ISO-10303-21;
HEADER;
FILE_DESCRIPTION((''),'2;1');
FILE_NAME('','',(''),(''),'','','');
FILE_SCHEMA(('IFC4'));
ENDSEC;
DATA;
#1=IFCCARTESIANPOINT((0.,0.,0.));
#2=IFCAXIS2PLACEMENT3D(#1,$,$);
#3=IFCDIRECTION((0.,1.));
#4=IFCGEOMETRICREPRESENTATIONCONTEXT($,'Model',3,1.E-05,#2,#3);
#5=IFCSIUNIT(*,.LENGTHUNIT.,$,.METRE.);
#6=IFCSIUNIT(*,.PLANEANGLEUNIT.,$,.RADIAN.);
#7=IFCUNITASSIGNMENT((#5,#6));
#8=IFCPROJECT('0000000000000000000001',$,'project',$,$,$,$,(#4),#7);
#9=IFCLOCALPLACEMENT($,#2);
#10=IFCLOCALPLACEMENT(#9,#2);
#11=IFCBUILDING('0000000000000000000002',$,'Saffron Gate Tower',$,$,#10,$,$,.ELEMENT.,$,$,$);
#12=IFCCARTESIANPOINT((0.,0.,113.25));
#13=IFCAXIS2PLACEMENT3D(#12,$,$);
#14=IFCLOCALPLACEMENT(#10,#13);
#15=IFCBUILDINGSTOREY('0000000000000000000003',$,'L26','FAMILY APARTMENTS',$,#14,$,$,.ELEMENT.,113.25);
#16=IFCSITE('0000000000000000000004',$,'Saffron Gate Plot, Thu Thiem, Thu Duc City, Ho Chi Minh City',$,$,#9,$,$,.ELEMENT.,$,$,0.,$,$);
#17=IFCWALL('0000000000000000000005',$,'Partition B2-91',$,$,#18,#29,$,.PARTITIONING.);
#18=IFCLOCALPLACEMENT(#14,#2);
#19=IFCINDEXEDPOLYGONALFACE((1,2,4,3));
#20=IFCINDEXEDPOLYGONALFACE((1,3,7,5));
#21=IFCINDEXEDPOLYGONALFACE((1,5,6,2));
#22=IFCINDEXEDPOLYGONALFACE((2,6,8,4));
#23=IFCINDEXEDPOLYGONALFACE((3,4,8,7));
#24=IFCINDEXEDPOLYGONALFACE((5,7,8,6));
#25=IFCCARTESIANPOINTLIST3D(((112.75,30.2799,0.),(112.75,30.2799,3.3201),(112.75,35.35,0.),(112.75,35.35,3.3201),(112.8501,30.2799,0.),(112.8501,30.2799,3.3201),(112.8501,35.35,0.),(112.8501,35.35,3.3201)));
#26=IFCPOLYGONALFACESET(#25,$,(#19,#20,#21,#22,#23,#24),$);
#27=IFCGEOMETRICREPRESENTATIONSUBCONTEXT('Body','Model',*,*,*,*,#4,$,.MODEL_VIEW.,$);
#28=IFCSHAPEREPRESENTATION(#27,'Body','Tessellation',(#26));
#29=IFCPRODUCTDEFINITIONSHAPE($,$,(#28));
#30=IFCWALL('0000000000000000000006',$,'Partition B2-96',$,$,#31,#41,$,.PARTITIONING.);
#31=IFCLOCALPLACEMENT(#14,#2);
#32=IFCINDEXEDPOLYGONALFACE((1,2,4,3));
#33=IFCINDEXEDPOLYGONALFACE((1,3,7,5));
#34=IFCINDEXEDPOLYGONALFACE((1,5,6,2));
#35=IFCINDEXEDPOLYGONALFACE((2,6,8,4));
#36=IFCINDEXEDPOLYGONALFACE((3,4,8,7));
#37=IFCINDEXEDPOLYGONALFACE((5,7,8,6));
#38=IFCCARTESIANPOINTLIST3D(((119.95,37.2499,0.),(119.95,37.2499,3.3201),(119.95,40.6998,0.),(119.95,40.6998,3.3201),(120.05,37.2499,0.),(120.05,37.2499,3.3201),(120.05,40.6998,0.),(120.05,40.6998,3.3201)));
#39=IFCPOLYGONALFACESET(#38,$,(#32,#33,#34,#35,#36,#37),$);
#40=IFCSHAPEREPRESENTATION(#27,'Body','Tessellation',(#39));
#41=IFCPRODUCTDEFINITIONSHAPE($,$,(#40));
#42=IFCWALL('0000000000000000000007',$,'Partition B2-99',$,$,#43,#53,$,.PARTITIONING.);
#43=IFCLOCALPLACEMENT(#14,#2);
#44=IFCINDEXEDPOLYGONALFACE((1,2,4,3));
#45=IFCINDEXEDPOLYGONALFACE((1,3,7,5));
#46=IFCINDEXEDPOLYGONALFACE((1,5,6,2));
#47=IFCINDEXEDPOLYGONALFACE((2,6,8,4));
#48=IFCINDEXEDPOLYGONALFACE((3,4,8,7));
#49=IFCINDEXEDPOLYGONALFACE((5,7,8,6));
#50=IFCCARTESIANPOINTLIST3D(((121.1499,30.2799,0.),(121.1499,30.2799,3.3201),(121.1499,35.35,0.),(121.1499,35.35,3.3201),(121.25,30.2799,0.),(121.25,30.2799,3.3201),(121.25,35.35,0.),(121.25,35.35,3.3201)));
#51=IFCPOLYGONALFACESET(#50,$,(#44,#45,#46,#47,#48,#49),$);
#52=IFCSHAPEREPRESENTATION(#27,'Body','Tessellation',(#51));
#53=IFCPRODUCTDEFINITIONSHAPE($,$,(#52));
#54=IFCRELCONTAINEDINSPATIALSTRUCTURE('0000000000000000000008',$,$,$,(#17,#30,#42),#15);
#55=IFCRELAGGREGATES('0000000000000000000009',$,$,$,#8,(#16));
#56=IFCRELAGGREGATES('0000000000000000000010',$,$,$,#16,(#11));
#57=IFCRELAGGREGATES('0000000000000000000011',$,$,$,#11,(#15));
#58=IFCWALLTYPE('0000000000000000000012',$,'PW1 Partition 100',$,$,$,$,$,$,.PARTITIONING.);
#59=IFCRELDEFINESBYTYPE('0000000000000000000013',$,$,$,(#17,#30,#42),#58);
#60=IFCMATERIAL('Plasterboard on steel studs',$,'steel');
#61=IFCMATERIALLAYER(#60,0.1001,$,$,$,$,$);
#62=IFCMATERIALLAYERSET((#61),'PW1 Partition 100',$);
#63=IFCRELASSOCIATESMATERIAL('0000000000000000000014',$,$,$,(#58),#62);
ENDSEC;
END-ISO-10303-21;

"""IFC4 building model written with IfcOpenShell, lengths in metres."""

from ifc_helpers import new_model, si_unit, direction, frame, frame_2d, origin, place, context, subcontext, project, spatial, rectangle, extrude, material, layer, layer_set, type_object, element, save


model = new_model("IFC4")

# Units and contexts
model_context = context("Model", 3, precision=1e-05, world=origin(), true_north=direction((0.0, 1.0)))
body_context = subcontext(model_context, "Body", "Model", "MODEL_VIEW")
ifc_project = project(units=[si_unit("LENGTHUNIT", "METRE"), si_unit("PLANEANGLEUNIT", "RADIAN")], contexts=[model_context])

# Site, building, storey
site_placement = place(None, origin())
site = spatial("IfcSite", under=ifc_project, at=site_placement, Name="Saffron Gate Plot, Thu Thiem, Thu Duc City, Ho Chi Minh City", CompositionType="ELEMENT", RefElevation=0.0)
building_placement = place(site_placement, origin())
building = spatial("IfcBuilding", under=site, at=building_placement, Name="Saffron Gate Tower", CompositionType="ELEMENT")
storey_placement = place(building_placement, frame((0.0, 0.0, 113.25)))
storey = spatial("IfcBuildingStorey", under=building, at=storey_placement, Name="L26", Description="FAMILY APARTMENTS", CompositionType="ELEMENT", Elevation=113.25)

# Shared definitions
ifc_material_1 = material(Name="Plasterboard on steel studs", Category="steel")
ifc_layer_1 = layer(ifc_material_1, 0.1001)
ifc_layer_set_1 = layer_set([ifc_layer_1], Name="PW1 Partition 100")
wall_type = type_object("IfcWallType", Name="PW1 Partition 100", PredefinedType="PARTITIONING", material=ifc_layer_set_1)

# Walls
wall_1_placement = place(storey_placement, frame((112.8, 35.3501, 0.0), z_axis=(0.0, 0.0, 1.0), x_axis=(0.0, -1.0, 0.0)))
element("IfcWall", 1, at=wall_1_placement, inside=storey, type_object=wall_type, Name="Partition B2-91", PredefinedType="PARTITIONING", context=body_context, shape_type="SweptSolid", body=[
    extrude(rectangle(XDim=5.0701, YDim=0.1001, at=frame_2d((2.5352, 0.0))), origin(), (0.0, 0.0, 1.0), 3.3201),
])
wall_2_placement = place(storey_placement, frame((120.0, 40.7, 0.0), z_axis=(0.0, 0.0, 1.0), x_axis=(0.0, -1.0, 0.0)))
element("IfcWall", 2, at=wall_2_placement, inside=storey, type_object=wall_type, Name="Partition B2-96", PredefinedType="PARTITIONING", context=body_context, shape_type="SweptSolid", body=[
    extrude(rectangle(XDim=3.45, YDim=0.1001, at=frame_2d((1.7251, 0.0))), origin(), (0.0, 0.0, 1.0), 3.3201),
])
wall_3_placement = place(storey_placement, frame((121.2, 35.3501, 0.0), z_axis=(0.0, 0.0, 1.0), x_axis=(0.0, -1.0, 0.0)))
element("IfcWall", 3, at=wall_3_placement, inside=storey, type_object=wall_type, Name="Partition B2-99", PredefinedType="PARTITIONING", context=body_context, shape_type="SweptSolid", body=[
    extrude(rectangle(XDim=5.0701, YDim=0.1001, at=frame_2d((2.5352, 0.0))), origin(), (0.0, 0.0, 1.0), 3.3201),
])

save(model, "model.ifc")
